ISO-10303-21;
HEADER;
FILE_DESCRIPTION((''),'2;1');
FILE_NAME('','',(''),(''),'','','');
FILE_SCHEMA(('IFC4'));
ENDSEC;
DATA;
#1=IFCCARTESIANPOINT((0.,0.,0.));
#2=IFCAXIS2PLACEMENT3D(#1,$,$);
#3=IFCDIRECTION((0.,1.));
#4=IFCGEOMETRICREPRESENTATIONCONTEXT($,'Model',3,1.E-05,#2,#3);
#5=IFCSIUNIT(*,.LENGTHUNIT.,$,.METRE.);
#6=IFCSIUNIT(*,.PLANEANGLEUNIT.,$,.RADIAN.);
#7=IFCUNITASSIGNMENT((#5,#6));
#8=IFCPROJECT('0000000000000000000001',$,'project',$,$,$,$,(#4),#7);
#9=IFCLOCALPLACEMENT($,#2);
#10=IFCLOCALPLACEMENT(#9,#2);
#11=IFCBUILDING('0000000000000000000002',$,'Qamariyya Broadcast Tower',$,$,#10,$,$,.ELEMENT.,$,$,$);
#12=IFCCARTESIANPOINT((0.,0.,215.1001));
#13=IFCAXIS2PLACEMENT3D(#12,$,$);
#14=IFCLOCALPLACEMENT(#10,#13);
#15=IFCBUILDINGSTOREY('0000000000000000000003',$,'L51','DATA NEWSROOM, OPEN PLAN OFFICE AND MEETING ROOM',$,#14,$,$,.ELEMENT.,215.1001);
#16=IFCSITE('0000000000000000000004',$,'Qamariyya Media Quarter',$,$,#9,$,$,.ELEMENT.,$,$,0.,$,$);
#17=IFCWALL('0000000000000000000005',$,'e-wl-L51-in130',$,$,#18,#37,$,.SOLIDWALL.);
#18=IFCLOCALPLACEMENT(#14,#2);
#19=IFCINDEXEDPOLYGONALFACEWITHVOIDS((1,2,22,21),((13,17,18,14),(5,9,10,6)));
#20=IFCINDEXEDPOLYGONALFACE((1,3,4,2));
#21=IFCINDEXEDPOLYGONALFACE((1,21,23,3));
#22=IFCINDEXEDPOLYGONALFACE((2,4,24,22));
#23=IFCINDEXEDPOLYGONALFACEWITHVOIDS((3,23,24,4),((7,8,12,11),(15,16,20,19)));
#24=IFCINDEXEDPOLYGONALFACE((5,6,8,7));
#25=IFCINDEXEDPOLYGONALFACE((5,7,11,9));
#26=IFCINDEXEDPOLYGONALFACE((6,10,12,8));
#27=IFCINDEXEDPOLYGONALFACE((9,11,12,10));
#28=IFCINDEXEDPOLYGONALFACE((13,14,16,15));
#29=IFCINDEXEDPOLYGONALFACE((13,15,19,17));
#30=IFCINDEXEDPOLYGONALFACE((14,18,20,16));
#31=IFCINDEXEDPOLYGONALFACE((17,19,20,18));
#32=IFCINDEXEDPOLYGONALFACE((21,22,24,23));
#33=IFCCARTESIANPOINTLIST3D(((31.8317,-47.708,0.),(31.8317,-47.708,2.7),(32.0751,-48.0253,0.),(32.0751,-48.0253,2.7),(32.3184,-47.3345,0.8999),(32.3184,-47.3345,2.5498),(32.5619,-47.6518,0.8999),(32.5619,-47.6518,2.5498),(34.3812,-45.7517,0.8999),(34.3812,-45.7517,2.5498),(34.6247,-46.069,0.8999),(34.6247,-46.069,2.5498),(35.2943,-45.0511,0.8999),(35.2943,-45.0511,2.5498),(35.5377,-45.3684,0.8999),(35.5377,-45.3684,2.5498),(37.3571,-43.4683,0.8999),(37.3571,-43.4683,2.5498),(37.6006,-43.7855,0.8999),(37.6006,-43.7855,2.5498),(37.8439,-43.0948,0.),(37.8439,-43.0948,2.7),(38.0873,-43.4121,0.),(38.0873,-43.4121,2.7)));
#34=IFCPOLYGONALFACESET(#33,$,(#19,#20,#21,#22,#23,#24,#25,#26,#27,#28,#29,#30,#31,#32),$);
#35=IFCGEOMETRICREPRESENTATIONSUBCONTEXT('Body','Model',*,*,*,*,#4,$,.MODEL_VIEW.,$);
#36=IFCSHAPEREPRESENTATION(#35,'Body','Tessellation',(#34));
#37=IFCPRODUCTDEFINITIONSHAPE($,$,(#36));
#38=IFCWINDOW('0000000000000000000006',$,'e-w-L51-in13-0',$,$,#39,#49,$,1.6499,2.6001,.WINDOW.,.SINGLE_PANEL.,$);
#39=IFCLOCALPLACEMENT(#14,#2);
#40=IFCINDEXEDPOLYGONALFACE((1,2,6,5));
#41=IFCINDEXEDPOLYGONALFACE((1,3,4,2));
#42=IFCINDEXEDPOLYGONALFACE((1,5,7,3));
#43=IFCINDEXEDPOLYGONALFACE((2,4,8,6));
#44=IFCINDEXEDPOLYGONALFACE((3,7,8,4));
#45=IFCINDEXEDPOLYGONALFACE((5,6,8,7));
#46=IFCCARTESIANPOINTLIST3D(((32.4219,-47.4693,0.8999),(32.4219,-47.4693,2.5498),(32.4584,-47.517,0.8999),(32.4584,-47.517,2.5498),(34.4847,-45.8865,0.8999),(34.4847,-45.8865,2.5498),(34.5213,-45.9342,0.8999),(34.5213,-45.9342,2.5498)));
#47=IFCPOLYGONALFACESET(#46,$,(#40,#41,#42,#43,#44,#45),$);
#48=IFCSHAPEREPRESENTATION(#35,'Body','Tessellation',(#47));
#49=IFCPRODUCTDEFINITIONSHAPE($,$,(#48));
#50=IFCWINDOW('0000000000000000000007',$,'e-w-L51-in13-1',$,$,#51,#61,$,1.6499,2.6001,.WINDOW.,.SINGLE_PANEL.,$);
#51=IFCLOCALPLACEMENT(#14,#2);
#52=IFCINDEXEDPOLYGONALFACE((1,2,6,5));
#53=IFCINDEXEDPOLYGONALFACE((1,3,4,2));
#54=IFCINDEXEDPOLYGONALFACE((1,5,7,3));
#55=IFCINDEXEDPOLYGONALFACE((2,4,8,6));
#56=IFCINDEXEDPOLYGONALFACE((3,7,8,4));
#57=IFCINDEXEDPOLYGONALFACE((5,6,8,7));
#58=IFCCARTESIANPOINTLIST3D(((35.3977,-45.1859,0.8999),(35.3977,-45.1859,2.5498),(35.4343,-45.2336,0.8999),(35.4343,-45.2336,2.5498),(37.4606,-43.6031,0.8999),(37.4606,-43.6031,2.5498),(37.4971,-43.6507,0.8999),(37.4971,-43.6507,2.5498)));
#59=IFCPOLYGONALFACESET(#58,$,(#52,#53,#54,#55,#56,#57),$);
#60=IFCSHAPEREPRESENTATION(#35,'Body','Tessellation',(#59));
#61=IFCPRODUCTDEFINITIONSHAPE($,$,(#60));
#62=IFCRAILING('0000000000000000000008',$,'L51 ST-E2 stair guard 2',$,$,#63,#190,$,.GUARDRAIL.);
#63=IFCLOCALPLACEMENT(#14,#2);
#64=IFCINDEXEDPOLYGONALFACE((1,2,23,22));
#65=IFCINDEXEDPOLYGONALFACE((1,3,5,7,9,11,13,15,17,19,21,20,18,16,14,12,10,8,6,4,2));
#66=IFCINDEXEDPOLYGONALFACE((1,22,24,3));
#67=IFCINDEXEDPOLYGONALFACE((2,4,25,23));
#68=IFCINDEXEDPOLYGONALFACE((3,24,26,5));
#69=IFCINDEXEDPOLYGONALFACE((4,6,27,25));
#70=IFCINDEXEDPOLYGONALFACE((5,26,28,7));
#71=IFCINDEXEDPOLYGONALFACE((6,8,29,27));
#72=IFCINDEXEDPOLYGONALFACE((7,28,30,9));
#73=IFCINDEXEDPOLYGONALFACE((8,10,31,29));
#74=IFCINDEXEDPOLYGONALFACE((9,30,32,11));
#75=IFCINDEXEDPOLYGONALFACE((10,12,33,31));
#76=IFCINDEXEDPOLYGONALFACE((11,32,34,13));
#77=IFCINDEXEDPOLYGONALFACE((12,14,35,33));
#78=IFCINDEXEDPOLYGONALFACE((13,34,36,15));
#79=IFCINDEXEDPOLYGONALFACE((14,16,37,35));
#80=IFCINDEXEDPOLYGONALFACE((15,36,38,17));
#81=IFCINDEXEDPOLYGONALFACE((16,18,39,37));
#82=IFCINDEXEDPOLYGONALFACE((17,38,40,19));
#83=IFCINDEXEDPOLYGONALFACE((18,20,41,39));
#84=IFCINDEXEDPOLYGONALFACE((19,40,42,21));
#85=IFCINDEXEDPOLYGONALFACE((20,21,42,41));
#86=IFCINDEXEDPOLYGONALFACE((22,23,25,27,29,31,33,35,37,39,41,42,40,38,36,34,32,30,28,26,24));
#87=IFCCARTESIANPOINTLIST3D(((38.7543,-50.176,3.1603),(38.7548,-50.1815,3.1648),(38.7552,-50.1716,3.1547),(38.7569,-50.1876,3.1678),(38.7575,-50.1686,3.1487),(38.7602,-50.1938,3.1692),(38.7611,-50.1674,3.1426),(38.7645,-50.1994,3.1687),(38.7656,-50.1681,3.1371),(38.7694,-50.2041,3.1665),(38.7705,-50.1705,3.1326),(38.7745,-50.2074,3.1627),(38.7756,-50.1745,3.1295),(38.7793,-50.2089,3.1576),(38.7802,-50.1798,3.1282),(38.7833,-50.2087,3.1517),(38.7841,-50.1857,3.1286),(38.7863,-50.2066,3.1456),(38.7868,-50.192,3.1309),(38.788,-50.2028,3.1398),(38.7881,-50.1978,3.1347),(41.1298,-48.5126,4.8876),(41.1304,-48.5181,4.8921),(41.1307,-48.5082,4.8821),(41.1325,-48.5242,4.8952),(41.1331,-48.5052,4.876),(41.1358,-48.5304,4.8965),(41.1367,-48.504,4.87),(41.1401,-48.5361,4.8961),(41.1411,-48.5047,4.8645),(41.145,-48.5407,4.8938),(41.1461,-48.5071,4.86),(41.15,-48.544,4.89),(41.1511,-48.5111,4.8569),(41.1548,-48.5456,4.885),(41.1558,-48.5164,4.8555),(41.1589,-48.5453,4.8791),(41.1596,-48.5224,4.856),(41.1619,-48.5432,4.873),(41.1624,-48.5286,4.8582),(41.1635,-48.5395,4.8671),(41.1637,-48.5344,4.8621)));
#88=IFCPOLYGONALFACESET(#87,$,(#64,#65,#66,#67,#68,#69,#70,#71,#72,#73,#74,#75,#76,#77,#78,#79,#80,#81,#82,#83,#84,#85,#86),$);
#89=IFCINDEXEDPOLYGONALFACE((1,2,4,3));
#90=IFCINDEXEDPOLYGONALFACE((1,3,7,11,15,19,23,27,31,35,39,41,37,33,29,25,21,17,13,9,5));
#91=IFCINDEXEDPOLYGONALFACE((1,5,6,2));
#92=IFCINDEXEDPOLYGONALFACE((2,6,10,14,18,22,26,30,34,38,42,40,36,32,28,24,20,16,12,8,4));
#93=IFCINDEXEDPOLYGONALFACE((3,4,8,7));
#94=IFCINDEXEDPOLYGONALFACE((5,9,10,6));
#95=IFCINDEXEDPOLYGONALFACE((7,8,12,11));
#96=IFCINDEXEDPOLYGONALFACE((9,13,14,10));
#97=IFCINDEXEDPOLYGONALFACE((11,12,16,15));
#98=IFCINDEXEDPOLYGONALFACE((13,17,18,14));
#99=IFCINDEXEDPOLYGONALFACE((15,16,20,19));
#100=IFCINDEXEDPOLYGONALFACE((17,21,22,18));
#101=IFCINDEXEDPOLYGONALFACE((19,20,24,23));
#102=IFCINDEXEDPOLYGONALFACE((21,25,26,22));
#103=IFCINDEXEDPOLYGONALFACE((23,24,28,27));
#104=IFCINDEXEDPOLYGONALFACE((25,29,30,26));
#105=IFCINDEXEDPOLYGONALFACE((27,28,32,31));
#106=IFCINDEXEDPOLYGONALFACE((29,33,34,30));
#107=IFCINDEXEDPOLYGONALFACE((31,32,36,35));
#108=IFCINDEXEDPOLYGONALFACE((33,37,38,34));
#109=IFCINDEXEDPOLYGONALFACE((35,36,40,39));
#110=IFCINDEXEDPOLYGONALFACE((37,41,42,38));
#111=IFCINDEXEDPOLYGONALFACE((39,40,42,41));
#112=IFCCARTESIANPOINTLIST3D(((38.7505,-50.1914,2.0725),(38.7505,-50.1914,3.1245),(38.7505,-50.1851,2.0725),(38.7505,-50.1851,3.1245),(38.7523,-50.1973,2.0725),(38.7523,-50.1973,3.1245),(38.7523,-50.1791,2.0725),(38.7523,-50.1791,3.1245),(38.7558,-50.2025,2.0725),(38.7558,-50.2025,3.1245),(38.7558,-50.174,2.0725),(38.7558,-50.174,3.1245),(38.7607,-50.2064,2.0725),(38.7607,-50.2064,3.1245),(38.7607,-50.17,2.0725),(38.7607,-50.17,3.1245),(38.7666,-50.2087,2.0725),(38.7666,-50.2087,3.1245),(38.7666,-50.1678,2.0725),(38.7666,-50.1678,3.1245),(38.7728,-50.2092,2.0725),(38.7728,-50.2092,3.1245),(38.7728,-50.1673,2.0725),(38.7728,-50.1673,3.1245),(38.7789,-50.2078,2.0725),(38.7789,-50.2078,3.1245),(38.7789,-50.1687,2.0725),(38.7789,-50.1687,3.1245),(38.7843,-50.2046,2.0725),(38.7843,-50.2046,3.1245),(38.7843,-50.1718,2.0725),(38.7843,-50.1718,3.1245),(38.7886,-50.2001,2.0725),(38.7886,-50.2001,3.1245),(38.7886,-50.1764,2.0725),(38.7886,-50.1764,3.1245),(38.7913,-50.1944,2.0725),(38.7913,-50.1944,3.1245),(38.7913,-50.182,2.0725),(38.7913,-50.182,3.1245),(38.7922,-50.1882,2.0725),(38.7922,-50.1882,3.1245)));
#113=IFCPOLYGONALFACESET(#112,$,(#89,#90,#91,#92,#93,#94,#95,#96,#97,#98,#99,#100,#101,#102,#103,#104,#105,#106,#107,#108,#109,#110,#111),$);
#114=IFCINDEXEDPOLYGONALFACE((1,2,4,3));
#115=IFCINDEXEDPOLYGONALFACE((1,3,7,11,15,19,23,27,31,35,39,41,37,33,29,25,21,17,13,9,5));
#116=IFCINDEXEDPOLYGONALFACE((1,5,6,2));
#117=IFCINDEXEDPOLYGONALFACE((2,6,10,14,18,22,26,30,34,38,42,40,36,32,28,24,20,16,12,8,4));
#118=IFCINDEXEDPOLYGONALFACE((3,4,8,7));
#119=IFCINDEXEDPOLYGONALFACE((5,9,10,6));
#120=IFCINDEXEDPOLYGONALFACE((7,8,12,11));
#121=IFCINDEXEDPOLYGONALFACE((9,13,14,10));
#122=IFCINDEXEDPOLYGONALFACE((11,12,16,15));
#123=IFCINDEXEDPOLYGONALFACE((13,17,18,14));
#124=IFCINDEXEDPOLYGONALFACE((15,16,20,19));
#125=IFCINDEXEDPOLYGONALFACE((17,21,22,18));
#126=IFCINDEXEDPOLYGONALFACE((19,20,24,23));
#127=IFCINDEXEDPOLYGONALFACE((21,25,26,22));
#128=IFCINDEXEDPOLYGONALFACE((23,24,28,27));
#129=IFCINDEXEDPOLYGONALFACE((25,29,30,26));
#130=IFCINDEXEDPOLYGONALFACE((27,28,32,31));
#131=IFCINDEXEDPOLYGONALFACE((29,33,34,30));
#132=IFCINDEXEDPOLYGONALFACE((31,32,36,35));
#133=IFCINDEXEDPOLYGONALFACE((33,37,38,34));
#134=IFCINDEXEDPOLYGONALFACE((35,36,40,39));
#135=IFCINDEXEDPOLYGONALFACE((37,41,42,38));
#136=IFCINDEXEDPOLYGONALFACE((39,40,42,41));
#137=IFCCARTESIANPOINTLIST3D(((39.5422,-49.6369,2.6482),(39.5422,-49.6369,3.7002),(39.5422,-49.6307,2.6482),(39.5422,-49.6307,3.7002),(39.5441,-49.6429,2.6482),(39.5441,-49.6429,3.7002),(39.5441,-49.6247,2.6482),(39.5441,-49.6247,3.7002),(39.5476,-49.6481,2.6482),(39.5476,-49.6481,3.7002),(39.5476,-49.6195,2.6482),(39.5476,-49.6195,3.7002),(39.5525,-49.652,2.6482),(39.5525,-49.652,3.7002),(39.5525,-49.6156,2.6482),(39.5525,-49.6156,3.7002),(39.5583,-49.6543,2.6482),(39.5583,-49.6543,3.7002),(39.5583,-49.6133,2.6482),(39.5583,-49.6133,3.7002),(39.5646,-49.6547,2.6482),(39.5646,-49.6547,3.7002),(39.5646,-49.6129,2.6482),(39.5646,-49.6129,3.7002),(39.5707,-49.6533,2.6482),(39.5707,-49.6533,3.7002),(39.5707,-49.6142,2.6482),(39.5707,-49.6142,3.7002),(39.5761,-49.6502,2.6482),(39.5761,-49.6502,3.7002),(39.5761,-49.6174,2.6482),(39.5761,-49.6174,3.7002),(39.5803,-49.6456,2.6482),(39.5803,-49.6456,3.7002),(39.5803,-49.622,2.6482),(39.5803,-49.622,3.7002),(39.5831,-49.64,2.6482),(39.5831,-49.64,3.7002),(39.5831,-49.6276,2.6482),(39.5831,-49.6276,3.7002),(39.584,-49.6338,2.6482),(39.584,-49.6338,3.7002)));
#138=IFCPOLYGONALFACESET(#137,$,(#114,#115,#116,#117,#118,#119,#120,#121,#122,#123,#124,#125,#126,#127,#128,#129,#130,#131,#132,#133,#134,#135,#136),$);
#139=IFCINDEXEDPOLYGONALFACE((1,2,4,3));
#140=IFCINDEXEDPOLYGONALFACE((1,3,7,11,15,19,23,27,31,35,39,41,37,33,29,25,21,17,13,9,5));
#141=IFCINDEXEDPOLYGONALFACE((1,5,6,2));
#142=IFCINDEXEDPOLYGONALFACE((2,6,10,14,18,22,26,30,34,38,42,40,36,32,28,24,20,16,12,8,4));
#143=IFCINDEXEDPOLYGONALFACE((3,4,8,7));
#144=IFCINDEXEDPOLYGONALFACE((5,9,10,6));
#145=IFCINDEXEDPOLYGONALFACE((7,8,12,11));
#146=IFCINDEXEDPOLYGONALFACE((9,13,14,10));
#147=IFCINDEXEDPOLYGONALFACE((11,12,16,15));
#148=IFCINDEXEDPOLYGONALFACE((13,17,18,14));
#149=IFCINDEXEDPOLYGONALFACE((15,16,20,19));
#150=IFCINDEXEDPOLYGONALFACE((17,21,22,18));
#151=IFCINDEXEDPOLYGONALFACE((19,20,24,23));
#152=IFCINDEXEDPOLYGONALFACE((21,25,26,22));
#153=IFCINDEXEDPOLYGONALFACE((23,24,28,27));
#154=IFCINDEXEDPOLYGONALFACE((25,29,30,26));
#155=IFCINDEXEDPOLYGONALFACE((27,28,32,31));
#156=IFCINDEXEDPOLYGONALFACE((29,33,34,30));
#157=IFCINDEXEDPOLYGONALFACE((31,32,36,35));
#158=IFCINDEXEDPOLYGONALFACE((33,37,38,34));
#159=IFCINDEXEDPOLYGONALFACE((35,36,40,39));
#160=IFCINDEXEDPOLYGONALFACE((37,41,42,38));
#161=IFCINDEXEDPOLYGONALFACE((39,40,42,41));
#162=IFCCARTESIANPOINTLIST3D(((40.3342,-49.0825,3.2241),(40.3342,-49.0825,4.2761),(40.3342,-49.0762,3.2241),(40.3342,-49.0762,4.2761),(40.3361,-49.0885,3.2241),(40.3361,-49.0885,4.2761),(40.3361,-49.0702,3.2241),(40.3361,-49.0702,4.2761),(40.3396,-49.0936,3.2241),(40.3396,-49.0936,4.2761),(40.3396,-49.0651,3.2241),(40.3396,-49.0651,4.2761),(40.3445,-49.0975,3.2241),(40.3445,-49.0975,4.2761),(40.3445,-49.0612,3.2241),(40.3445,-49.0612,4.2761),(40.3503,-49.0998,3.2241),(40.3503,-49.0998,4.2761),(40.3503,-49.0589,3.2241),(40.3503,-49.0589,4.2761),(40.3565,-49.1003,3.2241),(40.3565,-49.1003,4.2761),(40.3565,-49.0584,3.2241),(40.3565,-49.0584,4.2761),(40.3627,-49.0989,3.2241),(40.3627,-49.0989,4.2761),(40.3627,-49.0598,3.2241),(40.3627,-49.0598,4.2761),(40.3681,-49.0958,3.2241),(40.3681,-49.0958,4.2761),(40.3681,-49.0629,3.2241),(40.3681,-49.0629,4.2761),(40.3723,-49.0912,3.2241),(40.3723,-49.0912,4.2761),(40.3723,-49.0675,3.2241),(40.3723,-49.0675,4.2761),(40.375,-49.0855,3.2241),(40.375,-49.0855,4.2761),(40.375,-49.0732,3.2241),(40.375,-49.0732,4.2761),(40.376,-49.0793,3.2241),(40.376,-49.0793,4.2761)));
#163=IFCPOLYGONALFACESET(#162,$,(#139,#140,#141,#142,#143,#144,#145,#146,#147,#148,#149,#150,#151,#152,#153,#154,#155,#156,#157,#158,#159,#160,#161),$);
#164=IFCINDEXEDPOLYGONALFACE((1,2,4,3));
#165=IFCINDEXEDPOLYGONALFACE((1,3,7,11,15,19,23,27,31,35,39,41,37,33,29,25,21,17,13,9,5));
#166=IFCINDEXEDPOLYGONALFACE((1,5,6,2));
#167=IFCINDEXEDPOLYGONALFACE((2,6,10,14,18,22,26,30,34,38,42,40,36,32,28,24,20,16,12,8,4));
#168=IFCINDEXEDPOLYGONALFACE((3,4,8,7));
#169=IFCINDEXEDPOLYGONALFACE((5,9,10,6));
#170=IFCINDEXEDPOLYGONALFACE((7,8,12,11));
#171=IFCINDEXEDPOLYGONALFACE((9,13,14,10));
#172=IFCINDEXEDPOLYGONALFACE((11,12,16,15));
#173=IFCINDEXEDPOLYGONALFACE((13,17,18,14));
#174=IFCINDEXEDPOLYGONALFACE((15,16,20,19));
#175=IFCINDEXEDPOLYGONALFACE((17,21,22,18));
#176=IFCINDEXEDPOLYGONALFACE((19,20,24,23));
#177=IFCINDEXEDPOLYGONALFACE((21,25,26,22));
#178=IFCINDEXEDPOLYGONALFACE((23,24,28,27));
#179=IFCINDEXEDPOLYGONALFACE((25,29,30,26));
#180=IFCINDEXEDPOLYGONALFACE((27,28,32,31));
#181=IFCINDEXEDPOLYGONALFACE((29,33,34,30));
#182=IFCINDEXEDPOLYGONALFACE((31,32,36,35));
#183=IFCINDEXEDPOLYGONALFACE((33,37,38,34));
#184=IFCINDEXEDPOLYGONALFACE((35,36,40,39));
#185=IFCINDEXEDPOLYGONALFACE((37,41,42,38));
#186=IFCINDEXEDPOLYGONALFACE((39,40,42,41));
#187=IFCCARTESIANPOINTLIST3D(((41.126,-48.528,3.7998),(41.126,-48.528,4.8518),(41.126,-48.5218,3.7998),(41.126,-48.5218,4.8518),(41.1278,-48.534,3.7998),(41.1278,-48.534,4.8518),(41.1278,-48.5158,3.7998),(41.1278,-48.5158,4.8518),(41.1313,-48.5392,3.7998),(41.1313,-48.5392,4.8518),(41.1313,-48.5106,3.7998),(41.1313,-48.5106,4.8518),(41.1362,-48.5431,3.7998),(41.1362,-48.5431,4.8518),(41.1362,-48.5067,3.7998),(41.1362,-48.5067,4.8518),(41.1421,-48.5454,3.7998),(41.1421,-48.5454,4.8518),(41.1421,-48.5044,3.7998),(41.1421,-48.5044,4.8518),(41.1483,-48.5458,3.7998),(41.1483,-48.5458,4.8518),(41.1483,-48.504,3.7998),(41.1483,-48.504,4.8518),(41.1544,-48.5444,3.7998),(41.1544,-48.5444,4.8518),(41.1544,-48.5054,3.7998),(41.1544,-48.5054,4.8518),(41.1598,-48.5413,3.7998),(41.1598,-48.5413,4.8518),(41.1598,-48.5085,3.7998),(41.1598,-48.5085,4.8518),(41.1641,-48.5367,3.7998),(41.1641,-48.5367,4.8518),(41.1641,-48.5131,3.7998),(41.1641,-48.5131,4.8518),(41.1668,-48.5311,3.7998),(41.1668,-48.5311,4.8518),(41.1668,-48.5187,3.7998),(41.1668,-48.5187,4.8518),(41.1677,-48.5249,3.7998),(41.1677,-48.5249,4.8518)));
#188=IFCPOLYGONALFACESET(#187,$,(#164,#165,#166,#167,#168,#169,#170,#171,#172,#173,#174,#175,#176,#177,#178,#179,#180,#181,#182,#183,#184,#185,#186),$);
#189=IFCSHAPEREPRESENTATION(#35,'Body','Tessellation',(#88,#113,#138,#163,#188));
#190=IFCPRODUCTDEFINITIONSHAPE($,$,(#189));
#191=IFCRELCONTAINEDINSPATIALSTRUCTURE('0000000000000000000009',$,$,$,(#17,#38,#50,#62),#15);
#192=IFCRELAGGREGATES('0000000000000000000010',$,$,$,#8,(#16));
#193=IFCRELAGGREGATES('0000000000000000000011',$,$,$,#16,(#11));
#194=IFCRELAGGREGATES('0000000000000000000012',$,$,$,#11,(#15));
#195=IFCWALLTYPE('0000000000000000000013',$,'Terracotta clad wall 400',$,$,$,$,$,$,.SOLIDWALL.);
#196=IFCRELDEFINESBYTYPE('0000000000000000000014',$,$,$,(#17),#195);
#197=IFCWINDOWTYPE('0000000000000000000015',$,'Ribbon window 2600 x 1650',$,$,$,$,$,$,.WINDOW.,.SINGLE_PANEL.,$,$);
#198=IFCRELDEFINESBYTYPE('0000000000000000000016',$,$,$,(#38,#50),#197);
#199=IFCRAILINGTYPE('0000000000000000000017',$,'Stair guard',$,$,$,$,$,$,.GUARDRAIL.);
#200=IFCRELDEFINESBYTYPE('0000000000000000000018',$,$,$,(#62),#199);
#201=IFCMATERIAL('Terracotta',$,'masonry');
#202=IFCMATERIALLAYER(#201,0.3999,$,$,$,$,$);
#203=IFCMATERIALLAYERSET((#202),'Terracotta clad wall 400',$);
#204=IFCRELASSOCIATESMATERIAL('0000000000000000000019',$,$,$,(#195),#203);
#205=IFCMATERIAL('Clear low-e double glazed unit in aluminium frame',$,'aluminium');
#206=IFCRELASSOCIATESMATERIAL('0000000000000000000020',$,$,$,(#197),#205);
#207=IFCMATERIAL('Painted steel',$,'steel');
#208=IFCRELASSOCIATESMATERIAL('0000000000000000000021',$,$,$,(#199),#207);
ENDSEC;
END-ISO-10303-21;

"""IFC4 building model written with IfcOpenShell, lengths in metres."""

from ifc_helpers import new_model, si_unit, direction, frame, frame_2d, origin, origin_2d, place, context, subcontext, project, spatial, rectangle, circle, extrude, material, layer, layer_set, type_object, element, fill, save


model = new_model("IFC4")

# Units and contexts
model_context = context("Model", 3, precision=1e-05, world=origin(), true_north=direction((0.0, 1.0)))
body_context = subcontext(model_context, "Body", "Model", "MODEL_VIEW")
ifc_project = project(units=[si_unit("LENGTHUNIT", "METRE"), si_unit("PLANEANGLEUNIT", "RADIAN")], contexts=[model_context])

# Site, building, storey
site_placement = place(None, origin())
site = spatial("IfcSite", under=ifc_project, at=site_placement, Name="Qamariyya Media Quarter", CompositionType="ELEMENT", RefElevation=0.0)
building_placement = place(site_placement, origin())
building = spatial("IfcBuilding", under=site, at=building_placement, Name="Qamariyya Broadcast Tower", CompositionType="ELEMENT")
storey_placement = place(building_placement, frame((0.0, 0.0, 215.1001)))
storey = spatial("IfcBuildingStorey", under=building, at=storey_placement, Name="L51", Description="DATA NEWSROOM, OPEN PLAN OFFICE AND MEETING ROOM", CompositionType="ELEMENT", Elevation=215.1001)

# Wall, openings, windows
ifc_material_1 = material(Name="Terracotta", Category="masonry")
ifc_layer_1 = layer(ifc_material_1, 0.3999)
ifc_layer_set_1 = layer_set([ifc_layer_1], Name="Terracotta clad wall 400")
wall_type_1 = type_object("IfcWallType", Name="Terracotta clad wall 400", PredefinedType="SOLIDWALL", material=ifc_layer_set_1)
wall_1_placement = place(storey_placement, frame((37.9656, -43.2534, 0.0), z_axis=(0.0, 0.0, 1.0), x_axis=(-0.793356, -0.608757, 0.0)))
wall_1 = element("IfcWall", 1, at=wall_1_placement, inside=storey, type_object=wall_type_1, Name="e-wl-L51-in130", PredefinedType="SOLIDWALL", context=body_context, shape_type="SweptSolid", body=[
    extrude(rectangle(XDim=7.5781, YDim=0.3999, at=frame_2d((3.7891, 0.0))), origin(), (0.0, 0.0, 1.0), 2.7),
])
opening_1_placement = place(wall_1_placement, frame((4.3645, 0.0, 0.8999)))
opening_1 = element("IfcOpeningElement", 2, at=opening_1_placement, cuts=wall_1, PredefinedType="OPENING", context=body_context, shape_type="SweptSolid", body=[
    extrude(rectangle(XDim=2.6001, YDim=1.6499, at=frame_2d((1.3, 0.825))), frame((0.0, 0.21, 0.0), z_axis=(0.0, -1.0, 0.0), x_axis=(1.0, 0.0, 0.0)), (0.0, 0.0, 1.0), 0.4199),
])
opening_2_placement = place(wall_1_placement, frame((0.6135, 0.0, 0.8999)))
opening_2 = element("IfcOpeningElement", 3, at=opening_2_placement, cuts=wall_1, PredefinedType="OPENING", context=body_context, shape_type="SweptSolid", body=[
    extrude(rectangle(XDim=2.6001, YDim=1.6499, at=frame_2d((1.3, 0.825))), frame((0.0, 0.21, 0.0), z_axis=(0.0, -1.0, 0.0), x_axis=(1.0, 0.0, 0.0)), (0.0, 0.0, 1.0), 0.4199),
])
ifc_material_2 = material(Name="Clear low-e double glazed unit in aluminium frame", Category="aluminium")
window_type = type_object("IfcWindowType", Name="Ribbon window 2600 x 1650", PartitioningType="SINGLE_PANEL", PredefinedType="WINDOW", material=ifc_material_2)
window_1_placement = place(opening_1_placement, origin())
window_1 = element("IfcWindow", 4, at=window_1_placement, inside=storey, type_object=window_type, Name="e-w-L51-in13-0", OverallHeight=1.6499, OverallWidth=2.6001, PartitioningType="SINGLE_PANEL", PredefinedType="WINDOW", context=body_context, shape_type="SweptSolid", body=[
    extrude(rectangle(XDim=2.6001, YDim=1.6499, at=frame_2d((1.3, 0.825))), frame((0.0, 0.03, 0.0), z_axis=(0.0, -1.0, 0.0), x_axis=(1.0, 0.0, 0.0)), (0.0, 0.0, 1.0), 0.0601),
])
fill(opening_1, window_1)
window_2_placement = place(opening_2_placement, origin())
window_2 = element("IfcWindow", 5, at=window_2_placement, inside=storey, type_object=window_type, Name="e-w-L51-in13-1", OverallHeight=1.6499, OverallWidth=2.6001, PartitioningType="SINGLE_PANEL", PredefinedType="WINDOW", context=body_context, shape_type="SweptSolid", body=[
    extrude(rectangle(XDim=2.6001, YDim=1.6499, at=frame_2d((1.3, 0.825))), frame((0.0, 0.03, 0.0), z_axis=(0.0, -1.0, 0.0), x_axis=(1.0, 0.0, 0.0)), (0.0, 0.0, 1.0), 0.0601),
])
fill(opening_2, window_2)

# Railing
ifc_material_3 = material(Name="Painted steel", Category="steel")
railing_type_1 = type_object("IfcRailingType", Name="Stair guard", PredefinedType="GUARDRAIL", material=ifc_material_3)
railing_1_placement = place(storey_placement, frame((38.7712, -50.1882, 2.0725)))
element("IfcRailing", 6, at=railing_1_placement, inside=storey, type_object=railing_type_1, Name="L51 ST-E2 stair guard 2", PredefinedType="GUARDRAIL", context=body_context, shape_type="SweptSolid", body=[
    extrude(circle(Radius=0.0239, at=origin_2d()), frame((0.0, 0.0, 1.0762), z_axis=(0.70377, 0.492784, 0.511734), x_axis=(-0.573575, 0.819153, 0.0)), (0.0, 0.0, 1.0), 3.3755),
    extrude(circle(Radius=0.021, at=origin_2d()), origin(), (0.0, 0.0, 1.0), 1.052),
    extrude(circle(Radius=0.021, at=origin_2d()), frame((0.7917, 0.5544, 0.5757)), (0.0, 0.0, 1.0), 1.052),
    extrude(circle(Radius=0.021, at=origin_2d()), frame((1.5837, 1.1089, 1.1516)), (0.0, 0.0, 1.0), 1.052),
    extrude(circle(Radius=0.021, at=origin_2d()), frame((2.3755, 1.6633, 1.7273)), (0.0, 0.0, 1.0), 1.052),
])

save(model, "model.ifc")
